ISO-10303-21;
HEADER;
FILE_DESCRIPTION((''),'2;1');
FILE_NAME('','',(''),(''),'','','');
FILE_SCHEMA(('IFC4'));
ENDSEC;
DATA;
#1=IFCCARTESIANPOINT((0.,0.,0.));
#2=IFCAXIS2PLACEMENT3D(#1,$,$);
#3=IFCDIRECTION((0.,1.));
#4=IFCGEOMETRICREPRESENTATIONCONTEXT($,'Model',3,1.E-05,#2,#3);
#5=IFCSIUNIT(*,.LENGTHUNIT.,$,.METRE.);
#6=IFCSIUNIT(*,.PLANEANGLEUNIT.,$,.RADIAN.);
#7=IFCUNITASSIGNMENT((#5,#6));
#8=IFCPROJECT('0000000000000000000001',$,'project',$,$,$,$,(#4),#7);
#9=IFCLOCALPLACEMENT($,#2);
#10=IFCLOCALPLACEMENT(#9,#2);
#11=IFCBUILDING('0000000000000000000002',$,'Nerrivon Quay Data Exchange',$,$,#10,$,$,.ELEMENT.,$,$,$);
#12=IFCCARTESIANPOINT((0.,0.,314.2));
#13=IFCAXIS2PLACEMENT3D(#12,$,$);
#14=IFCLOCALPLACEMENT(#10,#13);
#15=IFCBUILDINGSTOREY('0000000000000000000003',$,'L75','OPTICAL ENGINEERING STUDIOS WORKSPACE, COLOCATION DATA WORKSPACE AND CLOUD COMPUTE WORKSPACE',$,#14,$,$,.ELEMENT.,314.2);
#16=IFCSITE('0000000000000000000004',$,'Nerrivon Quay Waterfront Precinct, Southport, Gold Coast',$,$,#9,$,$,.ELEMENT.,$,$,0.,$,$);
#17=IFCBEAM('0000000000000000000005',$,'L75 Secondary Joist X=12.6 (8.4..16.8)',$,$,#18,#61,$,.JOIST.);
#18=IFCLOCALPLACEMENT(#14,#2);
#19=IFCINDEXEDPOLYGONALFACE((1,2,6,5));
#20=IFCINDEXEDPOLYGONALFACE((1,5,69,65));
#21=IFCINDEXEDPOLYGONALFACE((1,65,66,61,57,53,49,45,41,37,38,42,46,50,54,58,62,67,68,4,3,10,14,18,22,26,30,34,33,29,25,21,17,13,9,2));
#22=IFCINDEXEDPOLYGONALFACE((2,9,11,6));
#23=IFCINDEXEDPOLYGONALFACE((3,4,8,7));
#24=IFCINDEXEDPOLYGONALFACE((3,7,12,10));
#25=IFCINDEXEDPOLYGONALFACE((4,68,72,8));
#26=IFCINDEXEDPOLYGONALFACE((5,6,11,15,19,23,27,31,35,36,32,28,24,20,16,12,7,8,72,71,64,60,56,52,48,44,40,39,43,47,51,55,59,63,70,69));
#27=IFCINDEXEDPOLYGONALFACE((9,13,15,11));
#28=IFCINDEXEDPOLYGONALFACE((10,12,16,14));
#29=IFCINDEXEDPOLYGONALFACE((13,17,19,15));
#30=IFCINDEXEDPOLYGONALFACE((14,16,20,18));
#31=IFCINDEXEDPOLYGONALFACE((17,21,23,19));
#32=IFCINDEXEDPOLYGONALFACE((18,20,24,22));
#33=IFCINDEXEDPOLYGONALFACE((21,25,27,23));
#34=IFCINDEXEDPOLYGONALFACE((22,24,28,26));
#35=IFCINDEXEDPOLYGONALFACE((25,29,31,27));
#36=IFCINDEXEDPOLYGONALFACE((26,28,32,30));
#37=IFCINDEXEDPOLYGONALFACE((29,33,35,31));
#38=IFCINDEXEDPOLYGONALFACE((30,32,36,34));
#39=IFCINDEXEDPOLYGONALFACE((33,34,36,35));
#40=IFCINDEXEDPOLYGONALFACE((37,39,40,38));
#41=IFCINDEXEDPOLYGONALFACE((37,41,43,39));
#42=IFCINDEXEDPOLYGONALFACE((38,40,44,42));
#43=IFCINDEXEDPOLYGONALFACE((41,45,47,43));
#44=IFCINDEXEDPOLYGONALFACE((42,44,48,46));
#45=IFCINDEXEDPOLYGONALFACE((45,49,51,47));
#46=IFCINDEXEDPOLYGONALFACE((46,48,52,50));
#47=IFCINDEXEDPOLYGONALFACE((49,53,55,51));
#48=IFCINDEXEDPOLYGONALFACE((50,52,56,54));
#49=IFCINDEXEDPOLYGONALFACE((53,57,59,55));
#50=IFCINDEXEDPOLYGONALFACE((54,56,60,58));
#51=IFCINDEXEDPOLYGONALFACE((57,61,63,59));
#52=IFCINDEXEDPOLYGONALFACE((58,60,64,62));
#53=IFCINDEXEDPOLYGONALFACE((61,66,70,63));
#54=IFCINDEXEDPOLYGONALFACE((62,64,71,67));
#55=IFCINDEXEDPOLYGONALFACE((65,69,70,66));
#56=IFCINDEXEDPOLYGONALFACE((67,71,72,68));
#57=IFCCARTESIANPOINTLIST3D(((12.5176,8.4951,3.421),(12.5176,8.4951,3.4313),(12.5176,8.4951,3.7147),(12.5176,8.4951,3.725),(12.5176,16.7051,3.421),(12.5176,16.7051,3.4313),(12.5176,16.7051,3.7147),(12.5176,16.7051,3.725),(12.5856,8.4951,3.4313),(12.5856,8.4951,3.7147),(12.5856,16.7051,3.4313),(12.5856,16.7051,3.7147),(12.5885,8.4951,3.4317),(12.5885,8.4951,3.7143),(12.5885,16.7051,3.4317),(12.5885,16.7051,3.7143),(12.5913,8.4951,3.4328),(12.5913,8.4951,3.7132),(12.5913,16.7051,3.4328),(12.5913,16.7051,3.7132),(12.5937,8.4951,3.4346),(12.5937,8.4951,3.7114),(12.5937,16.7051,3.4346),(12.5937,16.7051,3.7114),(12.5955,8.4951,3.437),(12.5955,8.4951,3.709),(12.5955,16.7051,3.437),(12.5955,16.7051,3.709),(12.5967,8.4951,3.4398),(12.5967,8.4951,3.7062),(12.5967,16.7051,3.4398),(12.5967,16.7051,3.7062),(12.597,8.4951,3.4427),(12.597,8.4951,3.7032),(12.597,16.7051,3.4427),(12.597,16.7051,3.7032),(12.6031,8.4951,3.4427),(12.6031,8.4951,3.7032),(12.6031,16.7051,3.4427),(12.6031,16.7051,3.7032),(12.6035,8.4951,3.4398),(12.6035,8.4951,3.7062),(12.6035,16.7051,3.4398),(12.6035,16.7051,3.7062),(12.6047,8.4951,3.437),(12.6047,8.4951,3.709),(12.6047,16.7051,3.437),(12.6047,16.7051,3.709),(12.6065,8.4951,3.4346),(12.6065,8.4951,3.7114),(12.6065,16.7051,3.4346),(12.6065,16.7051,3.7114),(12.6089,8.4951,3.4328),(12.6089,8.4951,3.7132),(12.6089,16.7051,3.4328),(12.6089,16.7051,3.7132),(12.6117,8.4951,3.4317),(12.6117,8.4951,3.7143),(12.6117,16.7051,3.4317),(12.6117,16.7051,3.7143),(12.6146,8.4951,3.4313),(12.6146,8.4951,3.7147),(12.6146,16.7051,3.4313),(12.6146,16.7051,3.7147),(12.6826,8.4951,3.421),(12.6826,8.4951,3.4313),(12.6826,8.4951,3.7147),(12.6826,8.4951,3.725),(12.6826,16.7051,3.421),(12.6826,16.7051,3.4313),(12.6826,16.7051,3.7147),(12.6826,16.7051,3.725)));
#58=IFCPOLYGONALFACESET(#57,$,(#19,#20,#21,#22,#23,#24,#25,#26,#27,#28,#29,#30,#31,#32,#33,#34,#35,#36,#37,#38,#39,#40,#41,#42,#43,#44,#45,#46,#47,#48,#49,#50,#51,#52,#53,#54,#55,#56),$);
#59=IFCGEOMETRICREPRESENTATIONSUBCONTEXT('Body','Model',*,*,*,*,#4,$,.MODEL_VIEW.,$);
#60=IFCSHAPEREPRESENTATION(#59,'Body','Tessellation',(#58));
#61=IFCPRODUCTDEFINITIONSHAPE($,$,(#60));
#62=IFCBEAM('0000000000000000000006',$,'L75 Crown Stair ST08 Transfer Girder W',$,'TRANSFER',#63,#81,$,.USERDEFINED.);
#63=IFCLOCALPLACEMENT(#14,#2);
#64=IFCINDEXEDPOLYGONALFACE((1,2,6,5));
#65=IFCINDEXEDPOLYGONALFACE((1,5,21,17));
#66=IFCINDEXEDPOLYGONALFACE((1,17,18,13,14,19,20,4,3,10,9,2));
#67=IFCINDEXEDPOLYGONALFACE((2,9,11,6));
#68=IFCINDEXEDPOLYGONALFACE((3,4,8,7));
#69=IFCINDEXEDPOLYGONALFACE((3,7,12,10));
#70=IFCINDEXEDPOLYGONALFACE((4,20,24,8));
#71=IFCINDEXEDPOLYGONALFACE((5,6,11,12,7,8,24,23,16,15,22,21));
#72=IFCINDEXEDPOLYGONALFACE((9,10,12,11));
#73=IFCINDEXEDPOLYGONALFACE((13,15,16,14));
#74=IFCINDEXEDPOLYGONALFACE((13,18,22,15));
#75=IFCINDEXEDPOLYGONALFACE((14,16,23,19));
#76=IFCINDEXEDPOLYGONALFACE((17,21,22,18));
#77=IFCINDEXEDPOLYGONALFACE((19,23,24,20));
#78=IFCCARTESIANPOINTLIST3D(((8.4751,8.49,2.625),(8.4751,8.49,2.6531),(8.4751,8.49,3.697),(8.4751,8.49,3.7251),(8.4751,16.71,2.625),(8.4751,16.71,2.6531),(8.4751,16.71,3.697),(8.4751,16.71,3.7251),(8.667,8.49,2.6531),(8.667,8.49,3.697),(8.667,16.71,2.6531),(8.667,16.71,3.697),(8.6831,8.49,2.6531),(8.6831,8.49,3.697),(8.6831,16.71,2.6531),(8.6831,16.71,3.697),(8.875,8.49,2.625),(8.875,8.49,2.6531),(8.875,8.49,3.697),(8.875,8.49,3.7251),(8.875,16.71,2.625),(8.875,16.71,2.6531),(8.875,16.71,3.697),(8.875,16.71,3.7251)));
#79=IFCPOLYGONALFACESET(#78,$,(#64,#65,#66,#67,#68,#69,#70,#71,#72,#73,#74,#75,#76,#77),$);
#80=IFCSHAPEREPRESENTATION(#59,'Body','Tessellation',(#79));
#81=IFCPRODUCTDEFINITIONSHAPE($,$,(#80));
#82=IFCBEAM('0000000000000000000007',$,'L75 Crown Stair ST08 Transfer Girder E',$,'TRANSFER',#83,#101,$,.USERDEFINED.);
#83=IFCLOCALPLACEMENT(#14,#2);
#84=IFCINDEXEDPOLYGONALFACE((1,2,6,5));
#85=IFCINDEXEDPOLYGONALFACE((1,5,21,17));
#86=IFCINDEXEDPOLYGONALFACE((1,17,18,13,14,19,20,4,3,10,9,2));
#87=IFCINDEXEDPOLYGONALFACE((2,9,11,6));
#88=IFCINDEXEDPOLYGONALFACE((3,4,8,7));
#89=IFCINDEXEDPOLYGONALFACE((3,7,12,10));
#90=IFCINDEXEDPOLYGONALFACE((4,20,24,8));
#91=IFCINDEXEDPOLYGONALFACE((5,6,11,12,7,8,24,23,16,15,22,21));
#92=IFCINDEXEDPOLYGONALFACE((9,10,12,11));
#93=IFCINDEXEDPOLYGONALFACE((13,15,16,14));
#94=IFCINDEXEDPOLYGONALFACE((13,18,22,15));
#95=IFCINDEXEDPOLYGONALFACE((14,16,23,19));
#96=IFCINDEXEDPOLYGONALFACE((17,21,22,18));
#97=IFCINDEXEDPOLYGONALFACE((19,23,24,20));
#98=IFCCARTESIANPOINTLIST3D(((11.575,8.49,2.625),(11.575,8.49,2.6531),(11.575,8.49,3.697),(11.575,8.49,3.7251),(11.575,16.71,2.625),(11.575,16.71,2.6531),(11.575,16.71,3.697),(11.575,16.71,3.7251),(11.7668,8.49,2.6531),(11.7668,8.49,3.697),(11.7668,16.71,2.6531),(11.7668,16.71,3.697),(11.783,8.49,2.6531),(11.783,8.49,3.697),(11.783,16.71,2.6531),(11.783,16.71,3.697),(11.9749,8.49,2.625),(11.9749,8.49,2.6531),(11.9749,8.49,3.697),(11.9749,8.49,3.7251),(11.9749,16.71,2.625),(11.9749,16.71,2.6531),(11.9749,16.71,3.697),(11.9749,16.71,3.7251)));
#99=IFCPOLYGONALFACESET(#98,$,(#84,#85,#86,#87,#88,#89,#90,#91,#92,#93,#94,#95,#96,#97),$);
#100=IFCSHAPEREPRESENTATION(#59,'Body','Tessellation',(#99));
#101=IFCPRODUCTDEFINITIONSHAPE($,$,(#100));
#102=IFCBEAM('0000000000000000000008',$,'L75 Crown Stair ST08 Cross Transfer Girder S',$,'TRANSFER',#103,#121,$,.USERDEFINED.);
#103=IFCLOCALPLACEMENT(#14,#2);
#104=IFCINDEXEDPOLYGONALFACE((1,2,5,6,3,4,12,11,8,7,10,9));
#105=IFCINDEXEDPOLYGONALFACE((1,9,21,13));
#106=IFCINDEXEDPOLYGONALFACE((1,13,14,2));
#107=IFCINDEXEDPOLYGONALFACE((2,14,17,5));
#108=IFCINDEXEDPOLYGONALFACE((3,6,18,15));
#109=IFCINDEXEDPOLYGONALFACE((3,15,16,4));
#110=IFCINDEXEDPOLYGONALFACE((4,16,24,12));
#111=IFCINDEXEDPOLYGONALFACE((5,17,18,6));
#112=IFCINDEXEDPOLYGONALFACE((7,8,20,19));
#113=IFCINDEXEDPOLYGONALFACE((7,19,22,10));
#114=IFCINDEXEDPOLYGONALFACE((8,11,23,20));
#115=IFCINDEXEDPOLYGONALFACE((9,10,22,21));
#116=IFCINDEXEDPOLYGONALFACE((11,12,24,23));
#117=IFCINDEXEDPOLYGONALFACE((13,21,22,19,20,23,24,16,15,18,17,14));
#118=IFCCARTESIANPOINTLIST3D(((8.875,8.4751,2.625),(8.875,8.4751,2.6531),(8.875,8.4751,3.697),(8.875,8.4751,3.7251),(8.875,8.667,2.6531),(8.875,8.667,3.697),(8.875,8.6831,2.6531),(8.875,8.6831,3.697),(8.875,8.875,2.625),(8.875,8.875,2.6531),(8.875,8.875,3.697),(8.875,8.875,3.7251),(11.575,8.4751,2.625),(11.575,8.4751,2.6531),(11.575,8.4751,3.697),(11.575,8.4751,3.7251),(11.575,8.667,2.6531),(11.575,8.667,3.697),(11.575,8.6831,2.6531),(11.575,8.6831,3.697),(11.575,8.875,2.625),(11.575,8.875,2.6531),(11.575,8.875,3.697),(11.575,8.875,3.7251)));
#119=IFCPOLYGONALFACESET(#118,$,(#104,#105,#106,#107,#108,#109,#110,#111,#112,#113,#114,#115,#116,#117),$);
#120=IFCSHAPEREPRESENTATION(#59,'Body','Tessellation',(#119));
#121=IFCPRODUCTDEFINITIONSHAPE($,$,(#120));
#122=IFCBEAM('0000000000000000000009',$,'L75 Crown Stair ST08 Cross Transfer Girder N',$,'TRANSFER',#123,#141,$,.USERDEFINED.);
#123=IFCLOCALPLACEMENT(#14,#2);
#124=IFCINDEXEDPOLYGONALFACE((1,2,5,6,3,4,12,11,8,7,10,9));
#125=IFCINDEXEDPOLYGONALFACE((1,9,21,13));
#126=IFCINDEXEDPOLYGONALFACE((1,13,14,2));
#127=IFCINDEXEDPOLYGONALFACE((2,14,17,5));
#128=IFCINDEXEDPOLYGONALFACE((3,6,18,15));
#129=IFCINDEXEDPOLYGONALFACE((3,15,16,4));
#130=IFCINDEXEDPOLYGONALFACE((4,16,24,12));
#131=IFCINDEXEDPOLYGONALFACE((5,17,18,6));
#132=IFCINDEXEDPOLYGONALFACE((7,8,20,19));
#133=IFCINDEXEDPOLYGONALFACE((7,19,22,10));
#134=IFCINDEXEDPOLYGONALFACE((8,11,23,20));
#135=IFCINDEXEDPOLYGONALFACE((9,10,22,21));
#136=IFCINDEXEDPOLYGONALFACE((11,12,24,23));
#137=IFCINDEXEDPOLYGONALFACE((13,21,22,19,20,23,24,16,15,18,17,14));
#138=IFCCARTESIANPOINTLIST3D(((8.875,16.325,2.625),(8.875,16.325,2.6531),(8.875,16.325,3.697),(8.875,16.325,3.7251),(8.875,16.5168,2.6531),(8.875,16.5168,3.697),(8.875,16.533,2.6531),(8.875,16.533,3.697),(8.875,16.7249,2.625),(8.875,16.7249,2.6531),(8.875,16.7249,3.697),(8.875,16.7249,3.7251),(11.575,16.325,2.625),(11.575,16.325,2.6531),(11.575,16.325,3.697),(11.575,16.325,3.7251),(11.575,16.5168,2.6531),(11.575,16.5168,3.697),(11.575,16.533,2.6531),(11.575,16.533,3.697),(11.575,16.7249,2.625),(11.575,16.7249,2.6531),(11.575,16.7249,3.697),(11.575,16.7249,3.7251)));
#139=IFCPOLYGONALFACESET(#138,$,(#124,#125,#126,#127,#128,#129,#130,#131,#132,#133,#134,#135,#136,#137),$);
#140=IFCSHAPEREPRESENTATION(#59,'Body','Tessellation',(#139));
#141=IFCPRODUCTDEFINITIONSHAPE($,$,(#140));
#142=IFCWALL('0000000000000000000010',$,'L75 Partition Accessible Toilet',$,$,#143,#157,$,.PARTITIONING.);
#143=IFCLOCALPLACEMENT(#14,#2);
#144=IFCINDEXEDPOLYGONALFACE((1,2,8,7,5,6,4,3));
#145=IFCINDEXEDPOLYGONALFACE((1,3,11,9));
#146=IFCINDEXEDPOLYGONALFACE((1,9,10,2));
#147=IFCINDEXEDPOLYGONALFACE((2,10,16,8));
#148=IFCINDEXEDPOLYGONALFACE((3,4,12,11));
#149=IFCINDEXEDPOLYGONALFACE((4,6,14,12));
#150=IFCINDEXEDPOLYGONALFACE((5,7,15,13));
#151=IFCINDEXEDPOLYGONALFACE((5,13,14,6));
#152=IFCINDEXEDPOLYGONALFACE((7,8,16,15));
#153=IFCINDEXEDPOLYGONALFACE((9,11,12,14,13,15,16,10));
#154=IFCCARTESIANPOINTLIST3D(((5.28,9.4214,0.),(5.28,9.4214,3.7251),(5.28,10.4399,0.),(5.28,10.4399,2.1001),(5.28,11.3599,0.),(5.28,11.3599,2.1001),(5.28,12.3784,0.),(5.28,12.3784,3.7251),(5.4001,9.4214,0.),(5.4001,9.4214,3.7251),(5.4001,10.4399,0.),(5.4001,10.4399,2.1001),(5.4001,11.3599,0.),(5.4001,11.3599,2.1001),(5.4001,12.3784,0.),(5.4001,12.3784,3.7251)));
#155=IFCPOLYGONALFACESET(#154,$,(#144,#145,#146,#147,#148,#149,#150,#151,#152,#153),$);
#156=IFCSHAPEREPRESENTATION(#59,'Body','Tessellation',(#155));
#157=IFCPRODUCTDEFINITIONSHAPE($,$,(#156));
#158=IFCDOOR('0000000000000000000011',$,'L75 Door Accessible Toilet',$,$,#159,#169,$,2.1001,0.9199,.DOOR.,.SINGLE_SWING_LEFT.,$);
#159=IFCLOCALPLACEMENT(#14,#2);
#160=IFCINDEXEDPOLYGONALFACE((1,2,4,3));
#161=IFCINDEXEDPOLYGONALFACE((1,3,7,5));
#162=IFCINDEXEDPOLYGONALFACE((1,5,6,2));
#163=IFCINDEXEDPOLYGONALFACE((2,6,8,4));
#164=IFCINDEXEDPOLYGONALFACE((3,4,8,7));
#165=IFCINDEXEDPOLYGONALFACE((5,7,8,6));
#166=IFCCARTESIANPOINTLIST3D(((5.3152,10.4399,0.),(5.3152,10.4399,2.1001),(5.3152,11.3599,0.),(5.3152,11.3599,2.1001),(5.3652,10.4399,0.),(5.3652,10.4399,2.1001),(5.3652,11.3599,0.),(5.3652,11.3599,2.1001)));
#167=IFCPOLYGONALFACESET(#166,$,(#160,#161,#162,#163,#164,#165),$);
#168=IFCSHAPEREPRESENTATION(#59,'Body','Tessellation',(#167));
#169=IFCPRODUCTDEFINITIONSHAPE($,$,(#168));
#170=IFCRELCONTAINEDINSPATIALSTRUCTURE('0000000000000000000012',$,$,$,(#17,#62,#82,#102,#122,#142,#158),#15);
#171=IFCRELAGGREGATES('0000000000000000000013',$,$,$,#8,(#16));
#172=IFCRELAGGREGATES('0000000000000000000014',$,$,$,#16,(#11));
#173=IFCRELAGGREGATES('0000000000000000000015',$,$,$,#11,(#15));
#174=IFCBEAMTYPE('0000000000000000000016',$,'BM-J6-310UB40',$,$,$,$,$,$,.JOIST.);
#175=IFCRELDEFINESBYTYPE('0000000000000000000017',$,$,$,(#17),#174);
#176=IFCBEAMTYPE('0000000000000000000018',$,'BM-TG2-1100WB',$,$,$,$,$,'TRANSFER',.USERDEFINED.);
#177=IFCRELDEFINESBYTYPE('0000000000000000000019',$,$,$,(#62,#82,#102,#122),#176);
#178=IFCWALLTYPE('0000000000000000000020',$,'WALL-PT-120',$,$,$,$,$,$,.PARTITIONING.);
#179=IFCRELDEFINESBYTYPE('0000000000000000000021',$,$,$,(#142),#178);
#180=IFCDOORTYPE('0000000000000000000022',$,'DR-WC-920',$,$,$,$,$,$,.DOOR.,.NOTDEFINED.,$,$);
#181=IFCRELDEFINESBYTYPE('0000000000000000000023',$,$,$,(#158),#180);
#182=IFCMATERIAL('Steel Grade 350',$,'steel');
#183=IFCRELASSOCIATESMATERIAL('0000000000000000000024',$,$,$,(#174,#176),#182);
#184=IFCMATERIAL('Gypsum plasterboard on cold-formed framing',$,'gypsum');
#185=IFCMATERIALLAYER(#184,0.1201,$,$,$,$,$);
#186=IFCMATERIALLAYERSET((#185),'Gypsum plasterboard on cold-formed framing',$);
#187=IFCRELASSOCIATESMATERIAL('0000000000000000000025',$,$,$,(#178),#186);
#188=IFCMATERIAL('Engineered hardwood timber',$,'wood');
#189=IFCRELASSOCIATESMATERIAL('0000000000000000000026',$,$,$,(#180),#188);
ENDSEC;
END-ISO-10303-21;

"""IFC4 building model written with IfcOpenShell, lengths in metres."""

from ifc_helpers import new_model, si_unit, direction, frame, frame_2d, origin, origin_2d, place, context, subcontext, project, spatial, rectangle, i_section, extrude, material, layer, layer_set, material_profile, profile_set, type_object, element, fill, save


model = new_model("IFC4")

# Units and contexts
model_context = context("Model", 3, precision=1e-05, world=origin(), true_north=direction((0.0, 1.0)))
body_context = subcontext(model_context, "Body", "Model", "MODEL_VIEW")
ifc_project = project(units=[si_unit("LENGTHUNIT", "METRE"), si_unit("PLANEANGLEUNIT", "RADIAN")], contexts=[model_context])

# Site, building, storey
site_placement = place(None, origin())
site = spatial("IfcSite", under=ifc_project, at=site_placement, Name="Nerrivon Quay Waterfront Precinct, Southport, Gold Coast", CompositionType="ELEMENT", RefElevation=0.0)
building_placement = place(site_placement, origin())
building = spatial("IfcBuilding", under=site, at=building_placement, Name="Nerrivon Quay Data Exchange", CompositionType="ELEMENT")
storey_placement = place(building_placement, frame((0.0, 0.0, 314.2)))
storey = spatial("IfcBuildingStorey", under=building, at=storey_placement, Name="L75", Description="OPTICAL ENGINEERING STUDIOS WORKSPACE, COLOCATION DATA WORKSPACE AND CLOUD COMPUTE WORKSPACE", CompositionType="ELEMENT", Elevation=314.2)

# Shared definitions
ifc_material_1 = material(Name="Steel Grade 350", Category="steel")

# Beams
ifc_material_profile_1 = material_profile(ifc_material_1, i_section(OverallWidth=0.165, OverallDepth=0.304, WebThickness=0.0061, FlangeThickness=0.0103, FilletRadius=0.0115, at=origin_2d()), Name="310UB40.4")
ifc_profile_set_1 = profile_set([ifc_material_profile_1], Name="Steel Grade 350")
beam_type_1 = type_object("IfcBeamType", Name="BM-J6-310UB40", PredefinedType="JOIST", material=ifc_profile_set_1)
beam_1_placement = place(storey_placement, frame((12.6001, 8.4951, 3.573), z_axis=(0.0, 1.0, 0.0), x_axis=(-1.0, 0.0, 0.0)))
element("IfcBeam", 1, at=beam_1_placement, inside=storey, type_object=beam_type_1, Name="L75 Secondary Joist X=12.6 (8.4..16.8)", PredefinedType="JOIST", context=body_context, shape_type="SweptSolid", body=[
    extrude(i_section(OverallWidth=0.165, OverallDepth=0.304, WebThickness=0.0061, FlangeThickness=0.0103, FilletRadius=0.0115, at=origin_2d()), origin(), (0.0, 0.0, 1.0), 8.21),
])
ifc_material_profile_2 = material_profile(ifc_material_1, i_section(OverallWidth=0.3999, OverallDepth=1.1001, WebThickness=0.0161, FlangeThickness=0.0281, at=origin_2d()), Name="1100WB288")
ifc_profile_set_2 = profile_set([ifc_material_profile_2], Name="Steel Grade 350")
beam_type_2 = type_object("IfcBeamType", Name="BM-TG2-1100WB", ElementType="TRANSFER", PredefinedType="USERDEFINED", material=ifc_profile_set_2)
for number, where, z_axis, x_axis, name in (
    (2, (8.675, 8.49, 3.175), (0.0, 1.0, 0.0), (-1.0, 0.0, 0.0), "L75 Crown Stair ST08 Transfer Girder W"),
    (3, (11.7749, 8.49, 3.175), (0.0, 1.0, 0.0), (-1.0, 0.0, 0.0), "L75 Crown Stair ST08 Transfer Girder E"),
):
    element("IfcBeam", number, at=place(storey_placement, frame(where, z_axis=z_axis, x_axis=x_axis)), inside=storey, type_object=beam_type_2, Name=name, ObjectType="TRANSFER", PredefinedType="USERDEFINED", context=body_context, shape_type="SweptSolid", body=[
        extrude(i_section(OverallWidth=0.3999, OverallDepth=1.1001, WebThickness=0.0161, FlangeThickness=0.0281, at=origin_2d()), origin(), (0.0, 0.0, 1.0), 8.22),
    ])
for number, where, z_axis, x_axis, name in (
    (4, (8.875, 8.675, 3.175), (1.0, 0.0, 0.0), (0.0, 1.0, 0.0), "L75 Crown Stair ST08 Cross Transfer Girder S"),
    (5, (8.875, 16.5249, 3.175), (1.0, 0.0, 0.0), (0.0, 1.0, 0.0), "L75 Crown Stair ST08 Cross Transfer Girder N"),
):
    element("IfcBeam", number, at=place(storey_placement, frame(where, z_axis=z_axis, x_axis=x_axis)), inside=storey, type_object=beam_type_2, Name=name, ObjectType="TRANSFER", PredefinedType="USERDEFINED", context=body_context, shape_type="SweptSolid", body=[
        extrude(i_section(OverallWidth=0.3999, OverallDepth=1.1001, WebThickness=0.0161, FlangeThickness=0.0281, at=origin_2d()), origin(), (0.0, 0.0, 1.0), 2.7),
    ])

# Wall, opening, door
ifc_material_2 = material(Name="Gypsum plasterboard on cold-formed framing", Category="gypsum")
ifc_layer_1 = layer(ifc_material_2, 0.1201)
ifc_layer_set_1 = layer_set([ifc_layer_1], Name="Gypsum plasterboard on cold-formed framing")
wall_type_1 = type_object("IfcWallType", Name="WALL-PT-120", PredefinedType="PARTITIONING", material=ifc_layer_set_1)
wall_1_placement = place(storey_placement, frame((5.3401, 9.4214, 0.0), z_axis=(0.0, 0.0, 1.0), x_axis=(0.0, 1.0, 0.0)))
wall_1 = element("IfcWall", 6, at=wall_1_placement, inside=storey, type_object=wall_type_1, Name="L75 Partition Accessible Toilet", PredefinedType="PARTITIONING", context=body_context, shape_type="SweptSolid", body=[
    extrude(rectangle(XDim=2.957, YDim=0.1201, at=frame_2d((1.4785, 0.0))), origin(), (0.0, 0.0, 1.0), 3.7251),
])
opening_1_placement = place(wall_1_placement, frame((1.0186, 0.0, 0.0)))
opening_1 = element("IfcOpeningElement", 7, at=opening_1_placement, cuts=wall_1, PredefinedType="OPENING", context=body_context, shape_type="SweptSolid", body=[
    extrude(rectangle(XDim=0.9199, YDim=2.1001, at=frame_2d((0.46, 1.05))), frame((0.0, 0.0701, 0.0), z_axis=(0.0, -1.0, 0.0), x_axis=(1.0, 0.0, 0.0)), (0.0, 0.0, 1.0), 0.1401),
])
ifc_material_3 = material(Name="Engineered hardwood timber", Category="wood")
door_type_1 = type_object("IfcDoorType", Name="DR-WC-920", OperationType="NOTDEFINED", PredefinedType="DOOR", material=ifc_material_3)
door_1_placement = place(opening_1_placement, origin())
door_1 = element("IfcDoor", 8, at=door_1_placement, inside=storey, type_object=door_type_1, Name="L75 Door Accessible Toilet", OperationType="SINGLE_SWING_LEFT", OverallHeight=2.1001, OverallWidth=0.9199, PredefinedType="DOOR", context=body_context, shape_type="SweptSolid", body=[
    extrude(rectangle(XDim=0.9199, YDim=2.1001, at=frame_2d((0.46, 1.05))), frame((0.0, 0.0249, 0.0), z_axis=(0.0, -1.0, 0.0), x_axis=(1.0, 0.0, 0.0)), (0.0, 0.0, 1.0), 0.05),
])
fill(opening_1, door_1)

save(model, "model.ifc")
